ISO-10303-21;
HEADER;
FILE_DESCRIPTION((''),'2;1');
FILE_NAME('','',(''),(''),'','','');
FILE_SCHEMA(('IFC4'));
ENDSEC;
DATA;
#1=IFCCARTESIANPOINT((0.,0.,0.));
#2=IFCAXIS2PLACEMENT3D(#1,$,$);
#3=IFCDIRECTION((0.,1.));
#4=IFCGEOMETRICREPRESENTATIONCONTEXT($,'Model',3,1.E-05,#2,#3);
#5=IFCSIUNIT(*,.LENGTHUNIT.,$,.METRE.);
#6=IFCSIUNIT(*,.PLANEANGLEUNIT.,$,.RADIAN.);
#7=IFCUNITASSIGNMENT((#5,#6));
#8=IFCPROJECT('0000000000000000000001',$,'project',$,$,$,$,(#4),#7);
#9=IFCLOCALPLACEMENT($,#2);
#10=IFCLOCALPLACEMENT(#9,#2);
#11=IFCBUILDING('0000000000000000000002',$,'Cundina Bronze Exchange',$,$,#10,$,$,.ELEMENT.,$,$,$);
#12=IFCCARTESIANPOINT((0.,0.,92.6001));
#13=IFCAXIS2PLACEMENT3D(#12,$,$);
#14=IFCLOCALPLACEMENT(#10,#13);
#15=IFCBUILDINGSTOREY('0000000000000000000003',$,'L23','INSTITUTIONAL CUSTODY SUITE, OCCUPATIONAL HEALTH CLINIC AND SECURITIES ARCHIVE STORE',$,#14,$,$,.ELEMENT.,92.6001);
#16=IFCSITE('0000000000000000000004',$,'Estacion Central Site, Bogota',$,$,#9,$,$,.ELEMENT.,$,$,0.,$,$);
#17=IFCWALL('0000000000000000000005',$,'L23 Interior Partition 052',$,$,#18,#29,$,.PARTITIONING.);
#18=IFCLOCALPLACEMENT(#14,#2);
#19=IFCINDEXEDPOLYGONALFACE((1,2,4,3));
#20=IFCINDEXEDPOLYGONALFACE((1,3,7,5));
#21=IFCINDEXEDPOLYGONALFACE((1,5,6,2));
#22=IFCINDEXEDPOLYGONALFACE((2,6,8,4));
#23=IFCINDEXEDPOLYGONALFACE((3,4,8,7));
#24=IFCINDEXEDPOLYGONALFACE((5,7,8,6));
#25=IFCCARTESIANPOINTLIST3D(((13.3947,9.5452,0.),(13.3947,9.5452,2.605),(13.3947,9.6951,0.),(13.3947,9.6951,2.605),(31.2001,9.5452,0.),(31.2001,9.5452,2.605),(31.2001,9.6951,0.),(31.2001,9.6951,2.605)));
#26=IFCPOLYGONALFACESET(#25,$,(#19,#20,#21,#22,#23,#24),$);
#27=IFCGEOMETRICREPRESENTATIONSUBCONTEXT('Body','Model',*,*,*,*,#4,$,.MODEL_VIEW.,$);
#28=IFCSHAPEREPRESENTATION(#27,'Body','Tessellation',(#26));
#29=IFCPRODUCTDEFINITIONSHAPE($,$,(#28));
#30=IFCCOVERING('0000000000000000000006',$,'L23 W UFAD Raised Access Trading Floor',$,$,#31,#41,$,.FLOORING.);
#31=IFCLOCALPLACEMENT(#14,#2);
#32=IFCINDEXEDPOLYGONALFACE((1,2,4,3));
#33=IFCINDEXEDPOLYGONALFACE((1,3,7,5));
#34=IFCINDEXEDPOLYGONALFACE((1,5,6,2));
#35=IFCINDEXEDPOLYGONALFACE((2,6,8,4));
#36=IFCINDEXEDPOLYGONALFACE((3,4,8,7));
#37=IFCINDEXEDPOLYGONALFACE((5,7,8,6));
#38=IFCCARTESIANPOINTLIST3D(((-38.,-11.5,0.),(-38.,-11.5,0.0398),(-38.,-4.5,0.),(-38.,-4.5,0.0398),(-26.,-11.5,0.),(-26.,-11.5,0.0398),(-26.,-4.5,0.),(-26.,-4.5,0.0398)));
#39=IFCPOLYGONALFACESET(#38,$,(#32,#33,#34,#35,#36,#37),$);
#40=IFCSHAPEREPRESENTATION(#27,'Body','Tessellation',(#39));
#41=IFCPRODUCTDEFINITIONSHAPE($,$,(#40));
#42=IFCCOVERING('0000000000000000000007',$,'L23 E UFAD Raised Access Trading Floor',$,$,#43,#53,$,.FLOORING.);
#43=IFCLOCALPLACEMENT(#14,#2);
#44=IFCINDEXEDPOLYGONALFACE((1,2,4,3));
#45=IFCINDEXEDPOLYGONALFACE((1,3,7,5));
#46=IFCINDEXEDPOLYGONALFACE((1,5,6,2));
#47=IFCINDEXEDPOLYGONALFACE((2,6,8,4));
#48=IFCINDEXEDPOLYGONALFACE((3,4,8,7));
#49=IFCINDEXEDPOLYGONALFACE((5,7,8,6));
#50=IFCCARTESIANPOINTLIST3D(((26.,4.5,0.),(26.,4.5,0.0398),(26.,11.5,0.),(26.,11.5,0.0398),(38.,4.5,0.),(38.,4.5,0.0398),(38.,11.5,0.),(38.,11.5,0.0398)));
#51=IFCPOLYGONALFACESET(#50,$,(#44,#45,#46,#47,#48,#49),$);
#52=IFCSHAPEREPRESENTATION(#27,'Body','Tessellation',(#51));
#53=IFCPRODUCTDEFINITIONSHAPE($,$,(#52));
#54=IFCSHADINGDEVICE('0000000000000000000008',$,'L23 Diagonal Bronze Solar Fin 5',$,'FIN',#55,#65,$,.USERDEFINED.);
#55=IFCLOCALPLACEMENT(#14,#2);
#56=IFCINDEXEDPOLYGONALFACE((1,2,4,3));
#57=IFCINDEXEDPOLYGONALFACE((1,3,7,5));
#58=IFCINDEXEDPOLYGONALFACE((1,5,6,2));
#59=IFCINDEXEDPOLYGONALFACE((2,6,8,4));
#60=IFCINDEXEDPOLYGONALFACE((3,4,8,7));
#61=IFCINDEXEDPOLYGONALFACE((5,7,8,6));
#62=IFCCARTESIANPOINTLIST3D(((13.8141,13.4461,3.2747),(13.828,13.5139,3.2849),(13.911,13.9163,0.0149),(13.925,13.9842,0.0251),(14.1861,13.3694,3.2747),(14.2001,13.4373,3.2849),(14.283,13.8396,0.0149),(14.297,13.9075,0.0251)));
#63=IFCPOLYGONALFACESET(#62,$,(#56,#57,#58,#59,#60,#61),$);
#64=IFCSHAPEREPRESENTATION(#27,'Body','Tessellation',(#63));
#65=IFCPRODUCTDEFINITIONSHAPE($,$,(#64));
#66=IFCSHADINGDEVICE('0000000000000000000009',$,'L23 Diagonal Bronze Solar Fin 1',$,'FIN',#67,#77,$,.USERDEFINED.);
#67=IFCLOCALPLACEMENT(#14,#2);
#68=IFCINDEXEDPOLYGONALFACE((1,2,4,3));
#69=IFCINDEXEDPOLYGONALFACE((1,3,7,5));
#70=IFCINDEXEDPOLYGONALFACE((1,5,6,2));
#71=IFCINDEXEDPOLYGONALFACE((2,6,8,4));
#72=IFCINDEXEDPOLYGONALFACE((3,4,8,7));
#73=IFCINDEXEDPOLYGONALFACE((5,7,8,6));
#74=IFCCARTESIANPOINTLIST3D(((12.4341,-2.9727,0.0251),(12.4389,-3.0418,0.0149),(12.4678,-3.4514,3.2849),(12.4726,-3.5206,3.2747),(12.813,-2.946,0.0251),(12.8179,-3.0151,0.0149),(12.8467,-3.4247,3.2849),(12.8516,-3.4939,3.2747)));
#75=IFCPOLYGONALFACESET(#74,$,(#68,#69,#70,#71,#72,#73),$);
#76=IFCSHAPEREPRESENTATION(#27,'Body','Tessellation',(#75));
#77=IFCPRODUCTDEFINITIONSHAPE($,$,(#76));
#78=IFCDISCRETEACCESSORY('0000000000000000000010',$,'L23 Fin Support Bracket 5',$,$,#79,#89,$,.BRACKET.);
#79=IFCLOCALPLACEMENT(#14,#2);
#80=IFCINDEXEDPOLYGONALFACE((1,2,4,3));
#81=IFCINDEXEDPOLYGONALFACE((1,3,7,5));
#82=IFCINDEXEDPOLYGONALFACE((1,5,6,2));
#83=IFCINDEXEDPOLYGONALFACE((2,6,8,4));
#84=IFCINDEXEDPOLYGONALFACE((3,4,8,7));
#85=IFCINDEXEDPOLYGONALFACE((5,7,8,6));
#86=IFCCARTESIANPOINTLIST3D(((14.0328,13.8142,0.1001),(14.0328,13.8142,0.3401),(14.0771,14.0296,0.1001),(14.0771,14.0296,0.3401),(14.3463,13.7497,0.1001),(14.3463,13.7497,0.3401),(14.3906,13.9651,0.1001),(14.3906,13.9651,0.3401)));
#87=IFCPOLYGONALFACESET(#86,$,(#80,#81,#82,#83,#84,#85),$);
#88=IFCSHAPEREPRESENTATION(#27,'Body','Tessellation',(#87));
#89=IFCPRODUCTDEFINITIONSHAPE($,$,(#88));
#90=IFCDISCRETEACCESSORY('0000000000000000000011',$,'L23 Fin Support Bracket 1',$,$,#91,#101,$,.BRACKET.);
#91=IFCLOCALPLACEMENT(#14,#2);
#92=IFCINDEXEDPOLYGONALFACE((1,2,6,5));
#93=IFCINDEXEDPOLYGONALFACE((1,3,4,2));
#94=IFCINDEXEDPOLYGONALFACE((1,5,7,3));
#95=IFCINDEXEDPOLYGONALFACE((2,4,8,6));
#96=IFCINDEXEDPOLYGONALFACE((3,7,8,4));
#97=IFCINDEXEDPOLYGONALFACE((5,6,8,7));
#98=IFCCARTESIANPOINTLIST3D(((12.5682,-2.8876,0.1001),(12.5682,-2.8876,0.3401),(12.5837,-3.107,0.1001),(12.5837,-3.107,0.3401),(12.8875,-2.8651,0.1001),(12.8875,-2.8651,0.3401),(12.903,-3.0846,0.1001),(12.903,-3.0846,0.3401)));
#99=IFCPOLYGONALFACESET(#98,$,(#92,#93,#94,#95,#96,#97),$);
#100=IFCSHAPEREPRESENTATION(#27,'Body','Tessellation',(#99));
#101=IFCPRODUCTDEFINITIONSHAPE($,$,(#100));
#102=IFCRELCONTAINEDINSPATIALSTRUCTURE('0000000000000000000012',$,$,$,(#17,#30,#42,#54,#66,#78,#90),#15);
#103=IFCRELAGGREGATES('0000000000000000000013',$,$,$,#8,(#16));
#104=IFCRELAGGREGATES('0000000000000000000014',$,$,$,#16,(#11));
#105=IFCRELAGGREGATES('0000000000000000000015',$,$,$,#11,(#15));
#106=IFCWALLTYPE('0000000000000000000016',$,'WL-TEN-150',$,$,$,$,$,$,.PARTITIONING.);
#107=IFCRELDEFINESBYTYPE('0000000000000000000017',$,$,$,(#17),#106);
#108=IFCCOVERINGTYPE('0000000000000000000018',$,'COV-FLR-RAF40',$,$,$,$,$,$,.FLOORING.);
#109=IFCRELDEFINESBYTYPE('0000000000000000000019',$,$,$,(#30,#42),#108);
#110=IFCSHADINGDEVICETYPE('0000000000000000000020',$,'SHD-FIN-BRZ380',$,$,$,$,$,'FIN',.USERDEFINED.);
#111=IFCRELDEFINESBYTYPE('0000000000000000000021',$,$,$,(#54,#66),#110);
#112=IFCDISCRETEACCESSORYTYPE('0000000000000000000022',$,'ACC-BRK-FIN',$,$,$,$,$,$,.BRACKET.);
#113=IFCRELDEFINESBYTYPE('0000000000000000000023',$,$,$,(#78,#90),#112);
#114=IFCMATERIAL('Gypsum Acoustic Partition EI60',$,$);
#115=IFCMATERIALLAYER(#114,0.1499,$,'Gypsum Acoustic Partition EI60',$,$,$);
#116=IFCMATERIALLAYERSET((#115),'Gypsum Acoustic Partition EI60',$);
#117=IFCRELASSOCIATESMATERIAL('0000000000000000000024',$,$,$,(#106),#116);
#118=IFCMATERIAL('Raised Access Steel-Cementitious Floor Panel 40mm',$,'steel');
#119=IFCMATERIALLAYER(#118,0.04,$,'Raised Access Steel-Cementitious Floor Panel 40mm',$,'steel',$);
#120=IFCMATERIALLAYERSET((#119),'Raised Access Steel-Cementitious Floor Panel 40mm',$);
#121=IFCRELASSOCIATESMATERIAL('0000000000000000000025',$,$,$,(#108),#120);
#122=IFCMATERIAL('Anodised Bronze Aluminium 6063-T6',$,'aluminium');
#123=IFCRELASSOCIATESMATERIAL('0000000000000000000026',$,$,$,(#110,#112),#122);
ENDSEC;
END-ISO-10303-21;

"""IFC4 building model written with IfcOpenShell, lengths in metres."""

from ifc_helpers import new_model, si_unit, direction, frame, frame_2d, origin, origin_2d, place, context, subcontext, project, spatial, polyline, rectangle, outline, extrude, material, layer, layer_set, material_profile, profile_set, type_object, element, save


model = new_model("IFC4")

# Units and contexts
model_context = context("Model", 3, precision=1e-05, world=origin(), true_north=direction((0.0, 1.0)))
body_context = subcontext(model_context, "Body", "Model", "MODEL_VIEW")
ifc_project = project(units=[si_unit("LENGTHUNIT", "METRE"), si_unit("PLANEANGLEUNIT", "RADIAN")], contexts=[model_context])

# Site, building, storey
site_placement = place(None, origin())
site = spatial("IfcSite", under=ifc_project, at=site_placement, Name="Estacion Central Site, Bogota", CompositionType="ELEMENT", RefElevation=0.0)
building_placement = place(site_placement, origin())
building = spatial("IfcBuilding", under=site, at=building_placement, Name="Cundina Bronze Exchange", CompositionType="ELEMENT")
storey_placement = place(building_placement, frame((0.0, 0.0, 92.6001)))
storey = spatial("IfcBuildingStorey", under=building, at=storey_placement, Name="L23", Description="INSTITUTIONAL CUSTODY SUITE, OCCUPATIONAL HEALTH CLINIC AND SECURITIES ARCHIVE STORE", CompositionType="ELEMENT", Elevation=92.6001)

# Shared definitions
ifc_material_1 = material(Name="Anodised Bronze Aluminium 6063-T6", Category="aluminium")

# Wall
ifc_material_2 = material(Name="Gypsum Acoustic Partition EI60")
ifc_layer_1 = layer(ifc_material_2, 0.1499, Name="Gypsum Acoustic Partition EI60")
ifc_layer_set_1 = layer_set([ifc_layer_1], Name="Gypsum Acoustic Partition EI60")
wall_type_1 = type_object("IfcWallType", Name="WL-TEN-150", PredefinedType="PARTITIONING", material=ifc_layer_set_1)
wall_1_placement = place(storey_placement, frame((13.3945, 9.6201, 0.0), z_axis=(0.0, 0.0, 1.0), x_axis=(1.0, 0.0, 0.0)))
element("IfcWall", 1, at=wall_1_placement, inside=storey, type_object=wall_type_1, Name="L23 Interior Partition 052", PredefinedType="PARTITIONING", context=body_context, shape_type="SweptSolid", body=[
    extrude(rectangle(XDim=17.8054, YDim=0.1499, at=frame_2d((8.9028, 0.0))), origin(), (0.0, 0.0, 1.0), 2.605),
])

# Coverings
ifc_material_3 = material(Name="Raised Access Steel-Cementitious Floor Panel 40mm", Category="steel")
ifc_layer_2 = layer(ifc_material_3, 0.04, Name="Raised Access Steel-Cementitious Floor Panel 40mm", Category="steel")
ifc_layer_set_2 = layer_set([ifc_layer_2], Name="Raised Access Steel-Cementitious Floor Panel 40mm")
covering_type = type_object("IfcCoveringType", Name="COV-FLR-RAF40", PredefinedType="FLOORING", material=ifc_layer_set_2)
covering_1_placement = place(storey_placement, origin())
element("IfcCovering", 2, at=covering_1_placement, inside=storey, type_object=covering_type, Name="L23 W UFAD Raised Access Trading Floor", PredefinedType="FLOORING", context=body_context, shape_type="SweptSolid", body=[
    extrude(outline(polyline([(-38.0, -11.5), (-26.0, -11.5), (-26.0, -4.5), (-38.0, -4.5), (-38.0, -11.5)])), origin(), (0.0, 0.0, 1.0), 0.0398),
])
covering_2_placement = place(storey_placement, origin())
element("IfcCovering", 3, at=covering_2_placement, inside=storey, type_object=covering_type, Name="L23 E UFAD Raised Access Trading Floor", PredefinedType="FLOORING", context=body_context, shape_type="SweptSolid", body=[
    extrude(outline(polyline([(26.0, 4.5), (38.0, 4.5), (38.0, 11.5), (26.0, 11.5), (26.0, 4.5)])), origin(), (0.0, 0.0, 1.0), 0.0398),
])

# Shading devices
ifc_material_profile_1 = material_profile(ifc_material_1, rectangle(XDim=0.0701, YDim=0.3799, at=origin_2d()), Name="FIN70X380", Category="aluminium")
ifc_profile_set_1 = profile_set([ifc_material_profile_1], Name="Anodised Bronze Aluminium 6063-T6")
shading_device_type = type_object("IfcShadingDeviceType", Name="SHD-FIN-BRZ380", ElementType="FIN", PredefinedType="USERDEFINED", material=ifc_profile_set_1)
for number, where, z_axis, x_axis, name in (
    (4, (14.104, 13.9119, 0.02), (-0.029416, -0.142709, 0.989328), (0.199728, 0.968957, 0.145709), "L23 Diagonal Bronze Solar Fin 5"),
    (5, (12.626, -2.9939, 0.02), (0.010225, -0.145303, 0.989334), (-0.06945, 0.986894, 0.145662), "L23 Diagonal Bronze Solar Fin 1"),
):
    element("IfcShadingDevice", number, at=place(storey_placement, frame(where, z_axis=z_axis, x_axis=x_axis)), inside=storey, type_object=shading_device_type, Name=name, ObjectType="FIN", PredefinedType="USERDEFINED", context=body_context, shape_type="SweptSolid", body=[
        extrude(rectangle(XDim=0.0701, YDim=0.3799, at=origin_2d()), origin(), (0.0, 0.0, 1.0), 3.2949),
    ])

# Discrete accessories
discrete_accessory_type = type_object("IfcDiscreteAccessoryType", Name="ACC-BRK-FIN", PredefinedType="BRACKET", material=ifc_material_1)
for number, where, z_axis, x_axis, name in (
    (6, (14.2117, 13.8896, 0.1001), (0.0, 0.0, 1.0), (-0.20142, -0.979505, 0.0), "L23 Fin Support Bracket 5"),
    (7, (12.7356, -2.9861, 0.1001), (0.0, 0.0, 1.0), (0.070279, -0.997527, 0.0), "L23 Fin Support Bracket 1"),
):
    element("IfcDiscreteAccessory", number, at=place(storey_placement, frame(where, z_axis=z_axis, x_axis=x_axis)), inside=storey, type_object=discrete_accessory_type, Name=name, PredefinedType="BRACKET", context=body_context, shape_type="SweptSolid", body=[
        extrude(rectangle(XDim=0.22, YDim=0.3201, at=origin_2d()), origin(), (0.0, 0.0, 1.0), 0.24),
    ])

save(model, "model.ifc")
